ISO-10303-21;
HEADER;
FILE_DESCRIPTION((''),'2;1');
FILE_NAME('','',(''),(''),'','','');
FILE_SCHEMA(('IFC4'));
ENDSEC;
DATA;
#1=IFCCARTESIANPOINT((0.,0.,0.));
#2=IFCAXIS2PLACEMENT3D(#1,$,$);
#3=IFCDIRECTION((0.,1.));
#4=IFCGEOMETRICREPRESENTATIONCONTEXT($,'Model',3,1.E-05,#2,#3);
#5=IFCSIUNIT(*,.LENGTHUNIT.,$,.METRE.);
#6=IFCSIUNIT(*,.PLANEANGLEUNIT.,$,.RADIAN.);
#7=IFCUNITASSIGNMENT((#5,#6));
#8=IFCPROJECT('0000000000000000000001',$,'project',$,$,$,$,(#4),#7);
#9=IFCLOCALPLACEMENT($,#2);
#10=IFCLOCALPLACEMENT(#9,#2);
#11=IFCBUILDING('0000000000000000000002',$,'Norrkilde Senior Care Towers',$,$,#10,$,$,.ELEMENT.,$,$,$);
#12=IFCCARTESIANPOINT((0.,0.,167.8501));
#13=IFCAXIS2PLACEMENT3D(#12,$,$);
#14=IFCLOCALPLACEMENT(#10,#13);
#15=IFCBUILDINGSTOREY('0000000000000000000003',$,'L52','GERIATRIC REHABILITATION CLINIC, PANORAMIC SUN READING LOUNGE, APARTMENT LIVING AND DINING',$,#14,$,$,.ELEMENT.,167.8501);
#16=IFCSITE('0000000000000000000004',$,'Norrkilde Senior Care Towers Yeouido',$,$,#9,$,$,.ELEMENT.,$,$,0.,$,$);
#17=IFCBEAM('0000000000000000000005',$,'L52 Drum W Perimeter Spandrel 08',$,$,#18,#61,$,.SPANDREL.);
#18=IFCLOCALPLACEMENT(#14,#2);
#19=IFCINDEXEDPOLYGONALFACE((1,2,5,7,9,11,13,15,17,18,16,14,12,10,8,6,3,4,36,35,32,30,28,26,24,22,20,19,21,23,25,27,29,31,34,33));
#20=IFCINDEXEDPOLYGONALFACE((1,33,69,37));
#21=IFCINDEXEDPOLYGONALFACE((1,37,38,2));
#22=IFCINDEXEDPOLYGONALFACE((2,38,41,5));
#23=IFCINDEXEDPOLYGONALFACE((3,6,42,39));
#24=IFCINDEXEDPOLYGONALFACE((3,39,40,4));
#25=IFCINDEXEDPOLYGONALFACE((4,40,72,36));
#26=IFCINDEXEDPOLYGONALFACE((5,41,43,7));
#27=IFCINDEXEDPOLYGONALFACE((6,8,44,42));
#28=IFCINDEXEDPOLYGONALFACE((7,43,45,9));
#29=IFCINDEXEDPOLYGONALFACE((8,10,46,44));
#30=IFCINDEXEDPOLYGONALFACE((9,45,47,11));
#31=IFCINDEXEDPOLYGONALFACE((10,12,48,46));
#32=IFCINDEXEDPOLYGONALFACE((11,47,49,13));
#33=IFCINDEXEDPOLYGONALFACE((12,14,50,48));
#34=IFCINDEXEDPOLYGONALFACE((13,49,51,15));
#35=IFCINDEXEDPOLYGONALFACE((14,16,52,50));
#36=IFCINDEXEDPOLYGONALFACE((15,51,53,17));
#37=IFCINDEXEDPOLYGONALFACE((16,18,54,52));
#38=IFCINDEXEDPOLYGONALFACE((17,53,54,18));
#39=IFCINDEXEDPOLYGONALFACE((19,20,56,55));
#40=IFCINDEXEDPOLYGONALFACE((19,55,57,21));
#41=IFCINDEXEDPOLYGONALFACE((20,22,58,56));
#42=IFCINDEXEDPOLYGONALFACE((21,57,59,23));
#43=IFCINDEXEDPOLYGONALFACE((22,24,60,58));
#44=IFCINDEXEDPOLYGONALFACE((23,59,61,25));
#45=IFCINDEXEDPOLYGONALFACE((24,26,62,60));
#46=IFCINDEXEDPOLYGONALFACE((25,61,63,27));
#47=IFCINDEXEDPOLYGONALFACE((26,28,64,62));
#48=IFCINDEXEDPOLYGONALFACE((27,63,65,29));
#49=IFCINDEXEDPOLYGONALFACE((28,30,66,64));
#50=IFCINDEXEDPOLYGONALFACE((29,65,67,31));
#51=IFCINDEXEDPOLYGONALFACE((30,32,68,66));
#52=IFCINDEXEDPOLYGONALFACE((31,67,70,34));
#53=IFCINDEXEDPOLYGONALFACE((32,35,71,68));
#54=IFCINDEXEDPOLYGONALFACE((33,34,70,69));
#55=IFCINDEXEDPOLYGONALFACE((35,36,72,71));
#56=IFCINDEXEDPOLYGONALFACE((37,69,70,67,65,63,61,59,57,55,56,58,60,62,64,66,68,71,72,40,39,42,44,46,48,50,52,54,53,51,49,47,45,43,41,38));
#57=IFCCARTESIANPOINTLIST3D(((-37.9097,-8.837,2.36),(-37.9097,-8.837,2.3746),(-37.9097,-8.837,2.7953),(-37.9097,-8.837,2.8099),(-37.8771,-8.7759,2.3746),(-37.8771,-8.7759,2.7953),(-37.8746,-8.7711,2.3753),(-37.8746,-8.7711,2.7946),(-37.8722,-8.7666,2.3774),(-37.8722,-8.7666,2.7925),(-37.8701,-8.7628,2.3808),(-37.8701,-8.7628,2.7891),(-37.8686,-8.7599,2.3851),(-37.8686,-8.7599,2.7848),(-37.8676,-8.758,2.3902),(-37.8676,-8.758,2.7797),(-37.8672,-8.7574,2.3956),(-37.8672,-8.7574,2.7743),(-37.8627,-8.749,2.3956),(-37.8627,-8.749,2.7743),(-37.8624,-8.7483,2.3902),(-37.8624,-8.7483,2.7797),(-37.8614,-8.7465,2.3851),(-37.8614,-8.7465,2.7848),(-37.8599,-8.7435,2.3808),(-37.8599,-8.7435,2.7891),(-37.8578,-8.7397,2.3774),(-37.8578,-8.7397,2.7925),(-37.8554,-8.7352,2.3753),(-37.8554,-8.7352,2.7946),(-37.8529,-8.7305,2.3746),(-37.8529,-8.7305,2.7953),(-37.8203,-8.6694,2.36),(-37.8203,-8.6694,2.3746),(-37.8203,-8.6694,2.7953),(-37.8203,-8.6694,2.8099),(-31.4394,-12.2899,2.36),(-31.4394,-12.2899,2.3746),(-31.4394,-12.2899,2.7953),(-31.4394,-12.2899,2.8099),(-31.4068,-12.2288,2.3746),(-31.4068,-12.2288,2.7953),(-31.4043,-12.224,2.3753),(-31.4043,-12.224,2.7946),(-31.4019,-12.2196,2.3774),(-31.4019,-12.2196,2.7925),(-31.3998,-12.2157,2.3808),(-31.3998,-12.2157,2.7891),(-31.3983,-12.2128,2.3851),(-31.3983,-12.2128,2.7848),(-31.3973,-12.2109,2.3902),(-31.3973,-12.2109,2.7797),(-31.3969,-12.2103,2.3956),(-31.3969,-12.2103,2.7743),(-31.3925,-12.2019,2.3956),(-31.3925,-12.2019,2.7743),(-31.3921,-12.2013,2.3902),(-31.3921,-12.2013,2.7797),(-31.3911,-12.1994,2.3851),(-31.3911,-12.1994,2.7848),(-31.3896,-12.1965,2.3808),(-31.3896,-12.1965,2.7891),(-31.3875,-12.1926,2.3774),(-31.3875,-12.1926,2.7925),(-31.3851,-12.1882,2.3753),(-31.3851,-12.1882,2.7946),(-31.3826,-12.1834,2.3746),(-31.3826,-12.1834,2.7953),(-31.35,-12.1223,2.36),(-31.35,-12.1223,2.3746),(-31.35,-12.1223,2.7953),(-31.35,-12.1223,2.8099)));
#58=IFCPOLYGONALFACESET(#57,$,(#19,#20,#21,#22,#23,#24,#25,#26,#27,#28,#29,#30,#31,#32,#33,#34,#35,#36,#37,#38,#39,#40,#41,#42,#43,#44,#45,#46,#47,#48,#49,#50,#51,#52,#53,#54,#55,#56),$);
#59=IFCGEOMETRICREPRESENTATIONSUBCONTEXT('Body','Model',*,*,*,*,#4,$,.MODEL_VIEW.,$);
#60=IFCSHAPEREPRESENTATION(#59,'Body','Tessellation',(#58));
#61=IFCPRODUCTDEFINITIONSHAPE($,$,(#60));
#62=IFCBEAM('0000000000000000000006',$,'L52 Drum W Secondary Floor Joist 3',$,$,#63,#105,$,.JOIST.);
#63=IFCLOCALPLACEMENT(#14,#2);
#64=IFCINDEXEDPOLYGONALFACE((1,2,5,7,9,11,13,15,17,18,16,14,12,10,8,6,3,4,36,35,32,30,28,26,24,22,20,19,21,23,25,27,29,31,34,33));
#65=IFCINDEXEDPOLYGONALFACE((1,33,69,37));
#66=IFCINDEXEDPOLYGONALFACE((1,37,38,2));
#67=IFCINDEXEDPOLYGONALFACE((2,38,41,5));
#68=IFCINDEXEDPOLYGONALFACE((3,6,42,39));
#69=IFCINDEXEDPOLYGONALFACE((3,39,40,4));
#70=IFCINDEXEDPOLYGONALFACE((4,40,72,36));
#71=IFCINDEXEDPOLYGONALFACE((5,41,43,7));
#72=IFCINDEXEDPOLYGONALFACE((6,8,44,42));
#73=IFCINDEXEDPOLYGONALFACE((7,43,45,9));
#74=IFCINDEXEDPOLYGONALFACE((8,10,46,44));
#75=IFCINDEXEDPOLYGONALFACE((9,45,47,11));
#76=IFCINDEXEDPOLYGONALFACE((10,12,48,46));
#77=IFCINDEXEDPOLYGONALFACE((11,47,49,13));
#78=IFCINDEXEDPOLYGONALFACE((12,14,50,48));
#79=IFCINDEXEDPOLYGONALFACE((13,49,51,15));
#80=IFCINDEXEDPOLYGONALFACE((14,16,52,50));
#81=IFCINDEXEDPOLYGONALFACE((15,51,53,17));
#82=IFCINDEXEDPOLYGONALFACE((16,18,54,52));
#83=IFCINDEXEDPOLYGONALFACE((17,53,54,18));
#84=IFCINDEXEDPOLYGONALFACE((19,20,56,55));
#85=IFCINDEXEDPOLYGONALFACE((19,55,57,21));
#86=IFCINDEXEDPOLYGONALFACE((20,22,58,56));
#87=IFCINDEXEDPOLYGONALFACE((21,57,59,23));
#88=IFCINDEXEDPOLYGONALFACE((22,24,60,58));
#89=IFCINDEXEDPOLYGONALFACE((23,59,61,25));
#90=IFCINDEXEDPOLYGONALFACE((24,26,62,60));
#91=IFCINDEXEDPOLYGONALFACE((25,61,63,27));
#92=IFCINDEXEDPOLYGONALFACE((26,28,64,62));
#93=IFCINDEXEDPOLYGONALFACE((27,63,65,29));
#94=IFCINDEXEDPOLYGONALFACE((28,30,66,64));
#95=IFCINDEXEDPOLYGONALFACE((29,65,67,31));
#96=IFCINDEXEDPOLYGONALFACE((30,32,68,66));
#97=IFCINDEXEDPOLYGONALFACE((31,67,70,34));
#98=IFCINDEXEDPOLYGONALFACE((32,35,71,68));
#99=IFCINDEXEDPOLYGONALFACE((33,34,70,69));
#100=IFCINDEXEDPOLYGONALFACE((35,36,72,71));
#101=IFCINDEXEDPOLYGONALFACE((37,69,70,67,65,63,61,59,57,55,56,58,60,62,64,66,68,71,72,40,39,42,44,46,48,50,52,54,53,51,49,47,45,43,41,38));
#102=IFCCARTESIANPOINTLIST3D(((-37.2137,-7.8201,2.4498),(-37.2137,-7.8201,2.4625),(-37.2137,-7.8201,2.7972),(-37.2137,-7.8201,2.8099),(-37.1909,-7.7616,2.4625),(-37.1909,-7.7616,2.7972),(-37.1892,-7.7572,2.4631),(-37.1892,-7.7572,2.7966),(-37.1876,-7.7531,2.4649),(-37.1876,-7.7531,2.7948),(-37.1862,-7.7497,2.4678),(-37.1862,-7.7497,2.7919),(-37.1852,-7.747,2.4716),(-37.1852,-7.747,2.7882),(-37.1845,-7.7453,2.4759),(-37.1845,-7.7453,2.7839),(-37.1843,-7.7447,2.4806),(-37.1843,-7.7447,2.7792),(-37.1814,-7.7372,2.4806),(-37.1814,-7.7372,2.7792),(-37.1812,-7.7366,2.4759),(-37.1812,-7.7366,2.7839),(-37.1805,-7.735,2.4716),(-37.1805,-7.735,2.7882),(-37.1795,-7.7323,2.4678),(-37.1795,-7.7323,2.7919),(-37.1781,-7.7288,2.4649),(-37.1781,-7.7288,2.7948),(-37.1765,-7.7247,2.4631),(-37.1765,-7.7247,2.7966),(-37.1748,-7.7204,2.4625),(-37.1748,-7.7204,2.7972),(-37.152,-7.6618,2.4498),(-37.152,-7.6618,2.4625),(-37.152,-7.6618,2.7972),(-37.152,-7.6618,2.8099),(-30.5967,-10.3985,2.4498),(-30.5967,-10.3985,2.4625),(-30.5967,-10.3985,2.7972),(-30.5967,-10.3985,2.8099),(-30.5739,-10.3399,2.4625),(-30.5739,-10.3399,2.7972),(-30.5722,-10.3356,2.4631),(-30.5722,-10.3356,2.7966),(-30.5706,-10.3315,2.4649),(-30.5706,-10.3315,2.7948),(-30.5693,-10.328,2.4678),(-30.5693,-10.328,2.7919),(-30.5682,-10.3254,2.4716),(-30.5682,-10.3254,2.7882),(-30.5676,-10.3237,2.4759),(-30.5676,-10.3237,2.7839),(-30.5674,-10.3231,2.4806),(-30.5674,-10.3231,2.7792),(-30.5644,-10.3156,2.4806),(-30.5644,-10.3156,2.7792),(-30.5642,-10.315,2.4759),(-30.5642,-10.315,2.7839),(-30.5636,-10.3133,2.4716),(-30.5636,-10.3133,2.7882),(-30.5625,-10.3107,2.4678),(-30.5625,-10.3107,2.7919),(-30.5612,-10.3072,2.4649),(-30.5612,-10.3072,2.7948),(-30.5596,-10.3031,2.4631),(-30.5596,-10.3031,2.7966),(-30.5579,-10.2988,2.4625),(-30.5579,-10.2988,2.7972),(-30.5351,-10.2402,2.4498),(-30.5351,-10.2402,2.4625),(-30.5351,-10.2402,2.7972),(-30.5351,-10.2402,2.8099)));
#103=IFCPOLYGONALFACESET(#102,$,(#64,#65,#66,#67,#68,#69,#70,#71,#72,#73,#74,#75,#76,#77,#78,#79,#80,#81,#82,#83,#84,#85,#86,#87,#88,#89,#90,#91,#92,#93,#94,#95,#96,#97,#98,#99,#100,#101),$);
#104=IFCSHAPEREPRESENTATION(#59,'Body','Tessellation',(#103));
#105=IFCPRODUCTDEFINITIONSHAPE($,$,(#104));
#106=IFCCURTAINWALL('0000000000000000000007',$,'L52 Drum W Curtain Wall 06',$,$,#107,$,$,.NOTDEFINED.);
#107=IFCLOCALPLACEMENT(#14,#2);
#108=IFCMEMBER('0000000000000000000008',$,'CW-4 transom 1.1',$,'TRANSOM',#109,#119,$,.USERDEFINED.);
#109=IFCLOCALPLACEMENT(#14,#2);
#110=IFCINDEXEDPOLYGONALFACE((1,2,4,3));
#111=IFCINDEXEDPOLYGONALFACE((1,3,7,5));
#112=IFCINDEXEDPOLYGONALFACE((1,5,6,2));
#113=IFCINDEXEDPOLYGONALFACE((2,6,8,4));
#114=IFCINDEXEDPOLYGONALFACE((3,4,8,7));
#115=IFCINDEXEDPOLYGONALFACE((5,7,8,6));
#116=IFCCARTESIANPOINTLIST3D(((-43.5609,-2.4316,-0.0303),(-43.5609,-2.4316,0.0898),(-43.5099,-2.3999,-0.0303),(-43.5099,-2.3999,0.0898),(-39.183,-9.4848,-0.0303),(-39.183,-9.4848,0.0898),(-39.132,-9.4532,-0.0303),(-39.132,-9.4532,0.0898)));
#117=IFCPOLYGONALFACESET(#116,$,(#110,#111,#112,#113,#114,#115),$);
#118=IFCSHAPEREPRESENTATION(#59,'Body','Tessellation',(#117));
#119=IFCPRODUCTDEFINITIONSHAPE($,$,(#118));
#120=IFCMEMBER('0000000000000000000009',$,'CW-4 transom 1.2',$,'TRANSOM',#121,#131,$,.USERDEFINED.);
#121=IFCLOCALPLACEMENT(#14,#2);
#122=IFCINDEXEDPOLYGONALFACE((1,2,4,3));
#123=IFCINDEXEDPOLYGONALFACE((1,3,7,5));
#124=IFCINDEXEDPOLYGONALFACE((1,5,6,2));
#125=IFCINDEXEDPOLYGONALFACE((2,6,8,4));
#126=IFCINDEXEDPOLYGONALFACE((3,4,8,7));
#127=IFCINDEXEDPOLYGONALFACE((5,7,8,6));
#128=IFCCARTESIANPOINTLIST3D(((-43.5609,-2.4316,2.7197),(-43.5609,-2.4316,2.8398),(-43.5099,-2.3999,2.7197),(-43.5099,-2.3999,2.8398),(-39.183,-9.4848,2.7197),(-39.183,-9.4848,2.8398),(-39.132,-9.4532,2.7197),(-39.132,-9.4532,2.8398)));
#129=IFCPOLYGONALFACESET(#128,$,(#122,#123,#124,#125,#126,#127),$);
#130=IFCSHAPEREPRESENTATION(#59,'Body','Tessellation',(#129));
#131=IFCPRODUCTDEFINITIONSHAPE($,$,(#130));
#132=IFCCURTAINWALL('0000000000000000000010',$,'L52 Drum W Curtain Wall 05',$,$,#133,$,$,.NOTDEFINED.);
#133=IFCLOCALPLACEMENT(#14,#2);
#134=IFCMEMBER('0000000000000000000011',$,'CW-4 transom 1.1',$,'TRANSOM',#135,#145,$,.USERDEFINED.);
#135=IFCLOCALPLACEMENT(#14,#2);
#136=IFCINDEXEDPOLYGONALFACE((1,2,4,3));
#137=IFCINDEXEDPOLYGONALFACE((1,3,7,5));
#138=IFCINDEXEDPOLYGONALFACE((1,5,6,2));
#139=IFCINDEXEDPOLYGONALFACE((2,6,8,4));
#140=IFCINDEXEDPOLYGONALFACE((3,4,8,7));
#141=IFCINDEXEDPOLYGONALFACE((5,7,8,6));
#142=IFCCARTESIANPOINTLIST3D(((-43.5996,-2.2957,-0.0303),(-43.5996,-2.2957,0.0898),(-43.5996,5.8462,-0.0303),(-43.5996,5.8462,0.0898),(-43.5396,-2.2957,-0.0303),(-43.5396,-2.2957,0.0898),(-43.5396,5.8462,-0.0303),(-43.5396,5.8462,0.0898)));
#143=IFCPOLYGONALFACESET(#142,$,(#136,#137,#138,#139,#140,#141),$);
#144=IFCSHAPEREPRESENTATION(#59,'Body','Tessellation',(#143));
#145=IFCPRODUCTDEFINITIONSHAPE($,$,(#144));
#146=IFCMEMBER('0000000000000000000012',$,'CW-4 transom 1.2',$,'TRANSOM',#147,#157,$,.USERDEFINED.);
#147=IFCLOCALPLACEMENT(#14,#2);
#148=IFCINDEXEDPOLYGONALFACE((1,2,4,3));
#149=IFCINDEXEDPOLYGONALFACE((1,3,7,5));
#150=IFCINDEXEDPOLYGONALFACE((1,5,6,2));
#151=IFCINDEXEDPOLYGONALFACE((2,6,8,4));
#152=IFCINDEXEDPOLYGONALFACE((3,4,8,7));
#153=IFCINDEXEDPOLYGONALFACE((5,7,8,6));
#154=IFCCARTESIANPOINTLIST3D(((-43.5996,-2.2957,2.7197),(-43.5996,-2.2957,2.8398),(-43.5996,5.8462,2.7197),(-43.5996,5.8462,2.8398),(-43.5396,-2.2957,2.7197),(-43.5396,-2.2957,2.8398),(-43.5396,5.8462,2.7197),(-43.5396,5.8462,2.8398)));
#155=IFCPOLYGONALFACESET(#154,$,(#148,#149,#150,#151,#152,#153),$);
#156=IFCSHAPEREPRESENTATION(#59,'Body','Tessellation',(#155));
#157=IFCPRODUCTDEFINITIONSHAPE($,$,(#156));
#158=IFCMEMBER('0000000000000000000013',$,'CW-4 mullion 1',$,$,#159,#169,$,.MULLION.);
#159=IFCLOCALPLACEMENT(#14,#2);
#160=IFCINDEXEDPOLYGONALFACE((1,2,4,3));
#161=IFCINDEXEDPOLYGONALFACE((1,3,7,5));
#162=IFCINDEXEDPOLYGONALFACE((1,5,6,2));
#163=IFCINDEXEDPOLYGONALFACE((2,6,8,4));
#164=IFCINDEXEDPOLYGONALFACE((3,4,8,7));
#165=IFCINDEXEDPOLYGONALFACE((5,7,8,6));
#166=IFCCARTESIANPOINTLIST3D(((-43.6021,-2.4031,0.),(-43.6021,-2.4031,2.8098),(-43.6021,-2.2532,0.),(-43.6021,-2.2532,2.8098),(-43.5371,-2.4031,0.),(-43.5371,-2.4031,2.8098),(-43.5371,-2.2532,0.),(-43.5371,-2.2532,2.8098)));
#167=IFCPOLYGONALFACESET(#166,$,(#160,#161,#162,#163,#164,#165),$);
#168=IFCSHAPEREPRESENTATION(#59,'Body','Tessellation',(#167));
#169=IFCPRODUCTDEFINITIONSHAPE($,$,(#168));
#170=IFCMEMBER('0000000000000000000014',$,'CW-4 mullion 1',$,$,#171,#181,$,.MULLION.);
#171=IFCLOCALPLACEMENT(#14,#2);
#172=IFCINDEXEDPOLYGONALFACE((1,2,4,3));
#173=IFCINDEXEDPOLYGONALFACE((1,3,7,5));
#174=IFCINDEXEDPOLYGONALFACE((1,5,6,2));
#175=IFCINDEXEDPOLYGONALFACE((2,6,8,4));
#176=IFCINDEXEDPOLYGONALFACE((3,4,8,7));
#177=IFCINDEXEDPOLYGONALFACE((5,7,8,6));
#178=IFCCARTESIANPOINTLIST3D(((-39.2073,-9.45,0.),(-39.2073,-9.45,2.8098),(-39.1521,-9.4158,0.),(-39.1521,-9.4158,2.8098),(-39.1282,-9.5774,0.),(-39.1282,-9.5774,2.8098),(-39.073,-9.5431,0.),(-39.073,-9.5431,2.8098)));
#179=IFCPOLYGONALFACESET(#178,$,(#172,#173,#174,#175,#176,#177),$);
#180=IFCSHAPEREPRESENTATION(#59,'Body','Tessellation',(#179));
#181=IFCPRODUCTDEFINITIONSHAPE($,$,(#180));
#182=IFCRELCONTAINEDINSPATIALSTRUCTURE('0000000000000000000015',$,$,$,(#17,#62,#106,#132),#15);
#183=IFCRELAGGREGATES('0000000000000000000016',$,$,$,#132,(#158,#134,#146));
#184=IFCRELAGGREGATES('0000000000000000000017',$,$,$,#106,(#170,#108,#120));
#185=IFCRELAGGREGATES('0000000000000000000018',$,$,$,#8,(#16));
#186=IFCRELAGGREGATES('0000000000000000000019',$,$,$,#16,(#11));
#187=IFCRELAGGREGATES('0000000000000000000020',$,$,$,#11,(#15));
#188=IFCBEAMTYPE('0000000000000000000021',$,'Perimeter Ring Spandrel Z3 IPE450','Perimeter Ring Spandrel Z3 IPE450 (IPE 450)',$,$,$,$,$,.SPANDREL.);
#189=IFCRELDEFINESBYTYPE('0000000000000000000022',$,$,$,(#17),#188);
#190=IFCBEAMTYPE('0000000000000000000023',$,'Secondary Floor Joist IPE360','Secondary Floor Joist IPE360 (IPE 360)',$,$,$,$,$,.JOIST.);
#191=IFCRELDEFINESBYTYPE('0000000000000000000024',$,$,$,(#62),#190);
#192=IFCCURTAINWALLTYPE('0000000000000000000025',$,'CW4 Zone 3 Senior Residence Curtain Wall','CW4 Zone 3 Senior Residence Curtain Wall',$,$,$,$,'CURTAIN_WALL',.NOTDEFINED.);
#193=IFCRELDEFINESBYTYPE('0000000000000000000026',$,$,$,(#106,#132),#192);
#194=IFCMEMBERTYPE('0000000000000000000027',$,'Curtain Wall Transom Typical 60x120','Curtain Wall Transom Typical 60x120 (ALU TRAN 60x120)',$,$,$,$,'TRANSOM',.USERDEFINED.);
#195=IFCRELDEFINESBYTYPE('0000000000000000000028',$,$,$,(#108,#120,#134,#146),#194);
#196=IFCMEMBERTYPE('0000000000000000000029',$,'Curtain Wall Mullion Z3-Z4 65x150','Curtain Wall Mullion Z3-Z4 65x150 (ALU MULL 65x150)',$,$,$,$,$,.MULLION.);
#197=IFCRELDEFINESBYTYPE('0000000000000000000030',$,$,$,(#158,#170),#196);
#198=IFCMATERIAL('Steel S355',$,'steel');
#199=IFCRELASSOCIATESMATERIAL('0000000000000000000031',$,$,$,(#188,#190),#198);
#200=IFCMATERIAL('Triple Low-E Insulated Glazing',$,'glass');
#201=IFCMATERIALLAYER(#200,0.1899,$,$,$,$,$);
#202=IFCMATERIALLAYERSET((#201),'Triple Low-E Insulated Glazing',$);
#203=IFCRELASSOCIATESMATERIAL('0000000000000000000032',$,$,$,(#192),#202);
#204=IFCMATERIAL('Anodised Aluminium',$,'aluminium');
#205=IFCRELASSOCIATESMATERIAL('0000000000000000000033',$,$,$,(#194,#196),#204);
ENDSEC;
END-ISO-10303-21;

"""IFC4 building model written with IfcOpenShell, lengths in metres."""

from ifc_helpers import new_model, si_unit, direction, frame, origin, origin_2d, place, context, subcontext, project, spatial, rectangle, i_section, extrude, source, transform, mapped, material, layer, layer_set, material_profile, profile_set, type_object, type_shapes, element, aggregate, save


model = new_model("IFC4")

# Units and contexts
model_context = context("Model", 3, precision=1e-05, world=origin(), true_north=direction((0.0, 1.0)))
body_context = subcontext(model_context, "Body", "Model", "MODEL_VIEW")
ifc_project = project(units=[si_unit("LENGTHUNIT", "METRE"), si_unit("PLANEANGLEUNIT", "RADIAN")], contexts=[model_context])

# Site, building, storey
site_placement = place(None, origin())
site = spatial("IfcSite", under=ifc_project, at=site_placement, Name="Norrkilde Senior Care Towers Yeouido", CompositionType="ELEMENT", RefElevation=0.0)
building_placement = place(site_placement, origin())
building = spatial("IfcBuilding", under=site, at=building_placement, Name="Norrkilde Senior Care Towers", CompositionType="ELEMENT")
storey_placement = place(building_placement, frame((0.0, 0.0, 167.8501)))
storey = spatial("IfcBuildingStorey", under=building, at=storey_placement, Name="L52", Description="GERIATRIC REHABILITATION CLINIC, PANORAMIC SUN READING LOUNGE, APARTMENT LIVING AND DINING", CompositionType="ELEMENT", Elevation=167.8501)

# Beams
ifc_material_1 = material(Name="Steel S355", Category="steel")
ifc_material_profile_1 = material_profile(ifc_material_1, i_section(OverallWidth=0.1899, OverallDepth=0.45, WebThickness=0.0095, FlangeThickness=0.0146, FilletRadius=0.021, at=origin_2d()), Name="IPE 450")
ifc_profile_set_1 = profile_set([ifc_material_profile_1], Name="Steel S355")
beam_type_1 = type_object("IfcBeamType", Name="Perimeter Ring Spandrel Z3 IPE450", Description="Perimeter Ring Spandrel Z3 IPE450 (IPE 450)", PredefinedType="SPANDREL", material=ifc_profile_set_1)
shared_shape_1 = source(origin(), body_context, "Body", "SweptSolid", [
    extrude(i_section(OverallWidth=0.1899, OverallDepth=0.45, WebThickness=0.0095, FlangeThickness=0.0146, FilletRadius=0.021, at=origin_2d()), origin(), (0.0, 0.0, 1.0), 7.334),
])
beam_1_placement = place(storey_placement, frame((-37.865, -8.7532, 2.585), z_axis=(0.882234, -0.470811, 0.0), x_axis=(0.470811, 0.882234, 0.0)))
element("IfcBeam", 1, at=beam_1_placement, inside=storey, type_object=beam_type_1, Name="L52 Drum W Perimeter Spandrel 08", PredefinedType="SPANDREL", context=body_context, shape_type="MappedRepresentation", body=[
    mapped(shared_shape_1, transform((0.0, 0.0, 0.0), x_axis=(1.0, 0.0, 0.0), y_axis=(0.0, 1.0, 0.0), z_axis=(0.0, 0.0, 1.0), scale=1.0)),
])
ifc_material_profile_2 = material_profile(ifc_material_1, i_section(OverallWidth=0.1699, OverallDepth=0.3601, WebThickness=0.0081, FlangeThickness=0.0127, FilletRadius=0.0181, at=origin_2d()), Name="IPE 360")
ifc_profile_set_2 = profile_set([ifc_material_profile_2], Name="Steel S355")
beam_type_2 = type_object("IfcBeamType", Name="Secondary Floor Joist IPE360", Description="Secondary Floor Joist IPE360 (IPE 360)", PredefinedType="JOIST", material=ifc_profile_set_2)
shared_shape_2 = source(origin(), body_context, "Body", "SweptSolid", [
    extrude(i_section(OverallWidth=0.1699, OverallDepth=0.3601, WebThickness=0.0081, FlangeThickness=0.0127, FilletRadius=0.0181, at=origin_2d()), origin(), (0.0, 0.0, 1.0), 7.1016),
])
type_shapes(beam_type_2, [shared_shape_2])
beam_2_placement = place(storey_placement, frame((-37.1829, -7.741, 2.6299), z_axis=(0.931761, -0.363072, 0.0), x_axis=(0.363072, 0.931761, 0.0)))
element("IfcBeam", 2, at=beam_2_placement, inside=storey, type_object=beam_type_2, Name="L52 Drum W Secondary Floor Joist 3", PredefinedType="JOIST", context=body_context, shape_type="MappedRepresentation", body=[
    mapped(shared_shape_2, transform((0.0, 0.0, 0.0), x_axis=(1.0, 0.0, 0.0), y_axis=(0.0, 1.0, 0.0), z_axis=(0.0, 0.0, 1.0), scale=1.0)),
])

# Curtain walls, members
ifc_material_2 = material(Name="Triple Low-E Insulated Glazing", Category="glass")
ifc_layer_1 = layer(ifc_material_2, 0.1899)
ifc_layer_set_1 = layer_set([ifc_layer_1], Name="Triple Low-E Insulated Glazing")
curtain_wall_type = type_object("IfcCurtainWallType", Name="CW4 Zone 3 Senior Residence Curtain Wall", Description="CW4 Zone 3 Senior Residence Curtain Wall", ElementType="CURTAIN_WALL", PredefinedType="NOTDEFINED", material=ifc_layer_set_1)
curtain_wall_1_placement = place(storey_placement, origin())
curtain_wall_1 = element("IfcCurtainWall", 3, at=curtain_wall_1_placement, inside=storey, type_object=curtain_wall_type, Name="L52 Drum W Curtain Wall 06", PredefinedType="NOTDEFINED")
ifc_material_3 = material(Name="Anodised Aluminium", Category="aluminium")
ifc_material_profile_3 = material_profile(ifc_material_3, rectangle(XDim=0.0601, YDim=0.1201, at=origin_2d()), Name="ALU TRAN 60x120")
ifc_profile_set_3 = profile_set([ifc_material_profile_3], Name="Anodised Aluminium")
member_type_1 = type_object("IfcMemberType", Name="Curtain Wall Transom Typical 60x120", Description="Curtain Wall Transom Typical 60x120 (ALU TRAN 60x120)", ElementType="TRANSOM", PredefinedType="USERDEFINED", material=ifc_profile_set_3)
shared_shape_3 = source(origin(), body_context, "Body", "SweptSolid", [
    extrude(rectangle(XDim=0.0601, YDim=0.1201, at=origin_2d()), origin(), (0.0, 0.0, 1.0), 8.3015),
])
member_1_placement = place(storey_placement, frame((-39.1575, -9.469, 0.0298), z_axis=(-0.527369, 0.849637, 0.0), x_axis=(-0.849637, -0.527369, 0.0)))
member_1 = element("IfcMember", 4, at=member_1_placement, type_object=member_type_1, Name="CW-4 transom 1.1", ObjectType="TRANSOM", PredefinedType="USERDEFINED", context=body_context, shape_type="MappedRepresentation", body=[
    mapped(shared_shape_3, transform((0.0, 0.0, 0.0), x_axis=(1.0, 0.0, 0.0), y_axis=(0.0, 1.0, 0.0), z_axis=(0.0, 0.0, 1.0), scale=1.0)),
])
member_2_placement = place(storey_placement, frame((-39.1575, -9.469, 2.7798), z_axis=(-0.527369, 0.849637, 0.0), x_axis=(-0.849637, -0.527369, 0.0)))
member_2 = element("IfcMember", 5, at=member_2_placement, type_object=member_type_1, Name="CW-4 transom 1.2", ObjectType="TRANSOM", PredefinedType="USERDEFINED", context=body_context, shape_type="MappedRepresentation", body=[
    mapped(shared_shape_3, transform((0.0, 0.0, 0.0), x_axis=(1.0, 0.0, 0.0), y_axis=(0.0, 1.0, 0.0), z_axis=(0.0, 0.0, 1.0), scale=1.0)),
])
curtain_wall_2_placement = place(storey_placement, origin())
curtain_wall_2 = element("IfcCurtainWall", 6, at=curtain_wall_2_placement, inside=storey, type_object=curtain_wall_type, Name="L52 Drum W Curtain Wall 05", PredefinedType="NOTDEFINED")
shared_shape_4 = source(origin(), body_context, "Body", "SweptSolid", [
    extrude(rectangle(XDim=0.0601, YDim=0.1201, at=origin_2d()), origin(), (0.0, 0.0, 1.0), 8.1418),
])
type_shapes(member_type_1, [shared_shape_3, shared_shape_4])
member_3_placement = place(storey_placement, frame((-43.5696, -2.2957, 0.0298), z_axis=(0.0, 1.0, 0.0), x_axis=(-1.0, 0.0, 0.0)))
member_3 = element("IfcMember", 7, at=member_3_placement, type_object=member_type_1, Name="CW-4 transom 1.1", ObjectType="TRANSOM", PredefinedType="USERDEFINED", context=body_context, shape_type="MappedRepresentation", body=[
    mapped(shared_shape_4, transform((0.0, 0.0, 0.0), x_axis=(1.0, 0.0, 0.0), y_axis=(0.0, 1.0, 0.0), z_axis=(0.0, 0.0, 1.0), scale=1.0)),
])
member_4_placement = place(storey_placement, frame((-43.5696, -2.2957, 2.7798), z_axis=(0.0, 1.0, 0.0), x_axis=(-1.0, 0.0, 0.0)))
member_4 = element("IfcMember", 8, at=member_4_placement, type_object=member_type_1, Name="CW-4 transom 1.2", ObjectType="TRANSOM", PredefinedType="USERDEFINED", context=body_context, shape_type="MappedRepresentation", body=[
    mapped(shared_shape_4, transform((0.0, 0.0, 0.0), x_axis=(1.0, 0.0, 0.0), y_axis=(0.0, 1.0, 0.0), z_axis=(0.0, 0.0, 1.0), scale=1.0)),
])
ifc_material_profile_4 = material_profile(ifc_material_3, rectangle(XDim=0.0649, YDim=0.1499, at=origin_2d()), Name="ALU MULL 65x150")
ifc_profile_set_4 = profile_set([ifc_material_profile_4], Name="Anodised Aluminium")
member_type_2 = type_object("IfcMemberType", Name="Curtain Wall Mullion Z3-Z4 65x150", Description="Curtain Wall Mullion Z3-Z4 65x150 (ALU MULL 65x150)", PredefinedType="MULLION", material=ifc_profile_set_4)
shared_shape_5 = source(origin(), body_context, "Body", "SweptSolid", [
    extrude(rectangle(XDim=0.0649, YDim=0.1499, at=origin_2d()), origin(), (0.0, 0.0, 1.0), 2.8098),
])
type_shapes(member_type_2, [shared_shape_5])
member_5_placement = place(storey_placement, frame((-43.5696, -2.3281, 0.0), z_axis=(0.0, 0.0, 1.0), x_axis=(-1.0, 0.0, 0.0)))
member_5 = element("IfcMember", 9, at=member_5_placement, type_object=member_type_2, Name="CW-4 mullion 1", PredefinedType="MULLION", context=body_context, shape_type="MappedRepresentation", body=[
    mapped(shared_shape_5, transform((0.0, 0.0, 0.0), x_axis=(1.0, 0.0, 0.0), y_axis=(0.0, 1.0, 0.0), z_axis=(0.0, 0.0, 1.0), scale=1.0)),
])
aggregate(curtain_wall_2, [member_5, member_3, member_4])

# Member
member_6_placement = place(storey_placement, frame((-39.1401, -9.4966, 0.0), z_axis=(0.0, 0.0, 1.0), x_axis=(-0.849634, -0.527373, 0.0)))
member_6 = element("IfcMember", 10, at=member_6_placement, type_object=member_type_2, Name="CW-4 mullion 1", PredefinedType="MULLION", context=body_context, shape_type="MappedRepresentation", body=[
    mapped(shared_shape_5, transform((0.0, 0.0, 0.0), x_axis=(1.0, 0.0, 0.0), y_axis=(0.0, 1.0, 0.0), z_axis=(0.0, 0.0, 1.0), scale=1.0)),
])

aggregate(curtain_wall_1, [member_6, member_1, member_2])

save(model, "model.ifc")
